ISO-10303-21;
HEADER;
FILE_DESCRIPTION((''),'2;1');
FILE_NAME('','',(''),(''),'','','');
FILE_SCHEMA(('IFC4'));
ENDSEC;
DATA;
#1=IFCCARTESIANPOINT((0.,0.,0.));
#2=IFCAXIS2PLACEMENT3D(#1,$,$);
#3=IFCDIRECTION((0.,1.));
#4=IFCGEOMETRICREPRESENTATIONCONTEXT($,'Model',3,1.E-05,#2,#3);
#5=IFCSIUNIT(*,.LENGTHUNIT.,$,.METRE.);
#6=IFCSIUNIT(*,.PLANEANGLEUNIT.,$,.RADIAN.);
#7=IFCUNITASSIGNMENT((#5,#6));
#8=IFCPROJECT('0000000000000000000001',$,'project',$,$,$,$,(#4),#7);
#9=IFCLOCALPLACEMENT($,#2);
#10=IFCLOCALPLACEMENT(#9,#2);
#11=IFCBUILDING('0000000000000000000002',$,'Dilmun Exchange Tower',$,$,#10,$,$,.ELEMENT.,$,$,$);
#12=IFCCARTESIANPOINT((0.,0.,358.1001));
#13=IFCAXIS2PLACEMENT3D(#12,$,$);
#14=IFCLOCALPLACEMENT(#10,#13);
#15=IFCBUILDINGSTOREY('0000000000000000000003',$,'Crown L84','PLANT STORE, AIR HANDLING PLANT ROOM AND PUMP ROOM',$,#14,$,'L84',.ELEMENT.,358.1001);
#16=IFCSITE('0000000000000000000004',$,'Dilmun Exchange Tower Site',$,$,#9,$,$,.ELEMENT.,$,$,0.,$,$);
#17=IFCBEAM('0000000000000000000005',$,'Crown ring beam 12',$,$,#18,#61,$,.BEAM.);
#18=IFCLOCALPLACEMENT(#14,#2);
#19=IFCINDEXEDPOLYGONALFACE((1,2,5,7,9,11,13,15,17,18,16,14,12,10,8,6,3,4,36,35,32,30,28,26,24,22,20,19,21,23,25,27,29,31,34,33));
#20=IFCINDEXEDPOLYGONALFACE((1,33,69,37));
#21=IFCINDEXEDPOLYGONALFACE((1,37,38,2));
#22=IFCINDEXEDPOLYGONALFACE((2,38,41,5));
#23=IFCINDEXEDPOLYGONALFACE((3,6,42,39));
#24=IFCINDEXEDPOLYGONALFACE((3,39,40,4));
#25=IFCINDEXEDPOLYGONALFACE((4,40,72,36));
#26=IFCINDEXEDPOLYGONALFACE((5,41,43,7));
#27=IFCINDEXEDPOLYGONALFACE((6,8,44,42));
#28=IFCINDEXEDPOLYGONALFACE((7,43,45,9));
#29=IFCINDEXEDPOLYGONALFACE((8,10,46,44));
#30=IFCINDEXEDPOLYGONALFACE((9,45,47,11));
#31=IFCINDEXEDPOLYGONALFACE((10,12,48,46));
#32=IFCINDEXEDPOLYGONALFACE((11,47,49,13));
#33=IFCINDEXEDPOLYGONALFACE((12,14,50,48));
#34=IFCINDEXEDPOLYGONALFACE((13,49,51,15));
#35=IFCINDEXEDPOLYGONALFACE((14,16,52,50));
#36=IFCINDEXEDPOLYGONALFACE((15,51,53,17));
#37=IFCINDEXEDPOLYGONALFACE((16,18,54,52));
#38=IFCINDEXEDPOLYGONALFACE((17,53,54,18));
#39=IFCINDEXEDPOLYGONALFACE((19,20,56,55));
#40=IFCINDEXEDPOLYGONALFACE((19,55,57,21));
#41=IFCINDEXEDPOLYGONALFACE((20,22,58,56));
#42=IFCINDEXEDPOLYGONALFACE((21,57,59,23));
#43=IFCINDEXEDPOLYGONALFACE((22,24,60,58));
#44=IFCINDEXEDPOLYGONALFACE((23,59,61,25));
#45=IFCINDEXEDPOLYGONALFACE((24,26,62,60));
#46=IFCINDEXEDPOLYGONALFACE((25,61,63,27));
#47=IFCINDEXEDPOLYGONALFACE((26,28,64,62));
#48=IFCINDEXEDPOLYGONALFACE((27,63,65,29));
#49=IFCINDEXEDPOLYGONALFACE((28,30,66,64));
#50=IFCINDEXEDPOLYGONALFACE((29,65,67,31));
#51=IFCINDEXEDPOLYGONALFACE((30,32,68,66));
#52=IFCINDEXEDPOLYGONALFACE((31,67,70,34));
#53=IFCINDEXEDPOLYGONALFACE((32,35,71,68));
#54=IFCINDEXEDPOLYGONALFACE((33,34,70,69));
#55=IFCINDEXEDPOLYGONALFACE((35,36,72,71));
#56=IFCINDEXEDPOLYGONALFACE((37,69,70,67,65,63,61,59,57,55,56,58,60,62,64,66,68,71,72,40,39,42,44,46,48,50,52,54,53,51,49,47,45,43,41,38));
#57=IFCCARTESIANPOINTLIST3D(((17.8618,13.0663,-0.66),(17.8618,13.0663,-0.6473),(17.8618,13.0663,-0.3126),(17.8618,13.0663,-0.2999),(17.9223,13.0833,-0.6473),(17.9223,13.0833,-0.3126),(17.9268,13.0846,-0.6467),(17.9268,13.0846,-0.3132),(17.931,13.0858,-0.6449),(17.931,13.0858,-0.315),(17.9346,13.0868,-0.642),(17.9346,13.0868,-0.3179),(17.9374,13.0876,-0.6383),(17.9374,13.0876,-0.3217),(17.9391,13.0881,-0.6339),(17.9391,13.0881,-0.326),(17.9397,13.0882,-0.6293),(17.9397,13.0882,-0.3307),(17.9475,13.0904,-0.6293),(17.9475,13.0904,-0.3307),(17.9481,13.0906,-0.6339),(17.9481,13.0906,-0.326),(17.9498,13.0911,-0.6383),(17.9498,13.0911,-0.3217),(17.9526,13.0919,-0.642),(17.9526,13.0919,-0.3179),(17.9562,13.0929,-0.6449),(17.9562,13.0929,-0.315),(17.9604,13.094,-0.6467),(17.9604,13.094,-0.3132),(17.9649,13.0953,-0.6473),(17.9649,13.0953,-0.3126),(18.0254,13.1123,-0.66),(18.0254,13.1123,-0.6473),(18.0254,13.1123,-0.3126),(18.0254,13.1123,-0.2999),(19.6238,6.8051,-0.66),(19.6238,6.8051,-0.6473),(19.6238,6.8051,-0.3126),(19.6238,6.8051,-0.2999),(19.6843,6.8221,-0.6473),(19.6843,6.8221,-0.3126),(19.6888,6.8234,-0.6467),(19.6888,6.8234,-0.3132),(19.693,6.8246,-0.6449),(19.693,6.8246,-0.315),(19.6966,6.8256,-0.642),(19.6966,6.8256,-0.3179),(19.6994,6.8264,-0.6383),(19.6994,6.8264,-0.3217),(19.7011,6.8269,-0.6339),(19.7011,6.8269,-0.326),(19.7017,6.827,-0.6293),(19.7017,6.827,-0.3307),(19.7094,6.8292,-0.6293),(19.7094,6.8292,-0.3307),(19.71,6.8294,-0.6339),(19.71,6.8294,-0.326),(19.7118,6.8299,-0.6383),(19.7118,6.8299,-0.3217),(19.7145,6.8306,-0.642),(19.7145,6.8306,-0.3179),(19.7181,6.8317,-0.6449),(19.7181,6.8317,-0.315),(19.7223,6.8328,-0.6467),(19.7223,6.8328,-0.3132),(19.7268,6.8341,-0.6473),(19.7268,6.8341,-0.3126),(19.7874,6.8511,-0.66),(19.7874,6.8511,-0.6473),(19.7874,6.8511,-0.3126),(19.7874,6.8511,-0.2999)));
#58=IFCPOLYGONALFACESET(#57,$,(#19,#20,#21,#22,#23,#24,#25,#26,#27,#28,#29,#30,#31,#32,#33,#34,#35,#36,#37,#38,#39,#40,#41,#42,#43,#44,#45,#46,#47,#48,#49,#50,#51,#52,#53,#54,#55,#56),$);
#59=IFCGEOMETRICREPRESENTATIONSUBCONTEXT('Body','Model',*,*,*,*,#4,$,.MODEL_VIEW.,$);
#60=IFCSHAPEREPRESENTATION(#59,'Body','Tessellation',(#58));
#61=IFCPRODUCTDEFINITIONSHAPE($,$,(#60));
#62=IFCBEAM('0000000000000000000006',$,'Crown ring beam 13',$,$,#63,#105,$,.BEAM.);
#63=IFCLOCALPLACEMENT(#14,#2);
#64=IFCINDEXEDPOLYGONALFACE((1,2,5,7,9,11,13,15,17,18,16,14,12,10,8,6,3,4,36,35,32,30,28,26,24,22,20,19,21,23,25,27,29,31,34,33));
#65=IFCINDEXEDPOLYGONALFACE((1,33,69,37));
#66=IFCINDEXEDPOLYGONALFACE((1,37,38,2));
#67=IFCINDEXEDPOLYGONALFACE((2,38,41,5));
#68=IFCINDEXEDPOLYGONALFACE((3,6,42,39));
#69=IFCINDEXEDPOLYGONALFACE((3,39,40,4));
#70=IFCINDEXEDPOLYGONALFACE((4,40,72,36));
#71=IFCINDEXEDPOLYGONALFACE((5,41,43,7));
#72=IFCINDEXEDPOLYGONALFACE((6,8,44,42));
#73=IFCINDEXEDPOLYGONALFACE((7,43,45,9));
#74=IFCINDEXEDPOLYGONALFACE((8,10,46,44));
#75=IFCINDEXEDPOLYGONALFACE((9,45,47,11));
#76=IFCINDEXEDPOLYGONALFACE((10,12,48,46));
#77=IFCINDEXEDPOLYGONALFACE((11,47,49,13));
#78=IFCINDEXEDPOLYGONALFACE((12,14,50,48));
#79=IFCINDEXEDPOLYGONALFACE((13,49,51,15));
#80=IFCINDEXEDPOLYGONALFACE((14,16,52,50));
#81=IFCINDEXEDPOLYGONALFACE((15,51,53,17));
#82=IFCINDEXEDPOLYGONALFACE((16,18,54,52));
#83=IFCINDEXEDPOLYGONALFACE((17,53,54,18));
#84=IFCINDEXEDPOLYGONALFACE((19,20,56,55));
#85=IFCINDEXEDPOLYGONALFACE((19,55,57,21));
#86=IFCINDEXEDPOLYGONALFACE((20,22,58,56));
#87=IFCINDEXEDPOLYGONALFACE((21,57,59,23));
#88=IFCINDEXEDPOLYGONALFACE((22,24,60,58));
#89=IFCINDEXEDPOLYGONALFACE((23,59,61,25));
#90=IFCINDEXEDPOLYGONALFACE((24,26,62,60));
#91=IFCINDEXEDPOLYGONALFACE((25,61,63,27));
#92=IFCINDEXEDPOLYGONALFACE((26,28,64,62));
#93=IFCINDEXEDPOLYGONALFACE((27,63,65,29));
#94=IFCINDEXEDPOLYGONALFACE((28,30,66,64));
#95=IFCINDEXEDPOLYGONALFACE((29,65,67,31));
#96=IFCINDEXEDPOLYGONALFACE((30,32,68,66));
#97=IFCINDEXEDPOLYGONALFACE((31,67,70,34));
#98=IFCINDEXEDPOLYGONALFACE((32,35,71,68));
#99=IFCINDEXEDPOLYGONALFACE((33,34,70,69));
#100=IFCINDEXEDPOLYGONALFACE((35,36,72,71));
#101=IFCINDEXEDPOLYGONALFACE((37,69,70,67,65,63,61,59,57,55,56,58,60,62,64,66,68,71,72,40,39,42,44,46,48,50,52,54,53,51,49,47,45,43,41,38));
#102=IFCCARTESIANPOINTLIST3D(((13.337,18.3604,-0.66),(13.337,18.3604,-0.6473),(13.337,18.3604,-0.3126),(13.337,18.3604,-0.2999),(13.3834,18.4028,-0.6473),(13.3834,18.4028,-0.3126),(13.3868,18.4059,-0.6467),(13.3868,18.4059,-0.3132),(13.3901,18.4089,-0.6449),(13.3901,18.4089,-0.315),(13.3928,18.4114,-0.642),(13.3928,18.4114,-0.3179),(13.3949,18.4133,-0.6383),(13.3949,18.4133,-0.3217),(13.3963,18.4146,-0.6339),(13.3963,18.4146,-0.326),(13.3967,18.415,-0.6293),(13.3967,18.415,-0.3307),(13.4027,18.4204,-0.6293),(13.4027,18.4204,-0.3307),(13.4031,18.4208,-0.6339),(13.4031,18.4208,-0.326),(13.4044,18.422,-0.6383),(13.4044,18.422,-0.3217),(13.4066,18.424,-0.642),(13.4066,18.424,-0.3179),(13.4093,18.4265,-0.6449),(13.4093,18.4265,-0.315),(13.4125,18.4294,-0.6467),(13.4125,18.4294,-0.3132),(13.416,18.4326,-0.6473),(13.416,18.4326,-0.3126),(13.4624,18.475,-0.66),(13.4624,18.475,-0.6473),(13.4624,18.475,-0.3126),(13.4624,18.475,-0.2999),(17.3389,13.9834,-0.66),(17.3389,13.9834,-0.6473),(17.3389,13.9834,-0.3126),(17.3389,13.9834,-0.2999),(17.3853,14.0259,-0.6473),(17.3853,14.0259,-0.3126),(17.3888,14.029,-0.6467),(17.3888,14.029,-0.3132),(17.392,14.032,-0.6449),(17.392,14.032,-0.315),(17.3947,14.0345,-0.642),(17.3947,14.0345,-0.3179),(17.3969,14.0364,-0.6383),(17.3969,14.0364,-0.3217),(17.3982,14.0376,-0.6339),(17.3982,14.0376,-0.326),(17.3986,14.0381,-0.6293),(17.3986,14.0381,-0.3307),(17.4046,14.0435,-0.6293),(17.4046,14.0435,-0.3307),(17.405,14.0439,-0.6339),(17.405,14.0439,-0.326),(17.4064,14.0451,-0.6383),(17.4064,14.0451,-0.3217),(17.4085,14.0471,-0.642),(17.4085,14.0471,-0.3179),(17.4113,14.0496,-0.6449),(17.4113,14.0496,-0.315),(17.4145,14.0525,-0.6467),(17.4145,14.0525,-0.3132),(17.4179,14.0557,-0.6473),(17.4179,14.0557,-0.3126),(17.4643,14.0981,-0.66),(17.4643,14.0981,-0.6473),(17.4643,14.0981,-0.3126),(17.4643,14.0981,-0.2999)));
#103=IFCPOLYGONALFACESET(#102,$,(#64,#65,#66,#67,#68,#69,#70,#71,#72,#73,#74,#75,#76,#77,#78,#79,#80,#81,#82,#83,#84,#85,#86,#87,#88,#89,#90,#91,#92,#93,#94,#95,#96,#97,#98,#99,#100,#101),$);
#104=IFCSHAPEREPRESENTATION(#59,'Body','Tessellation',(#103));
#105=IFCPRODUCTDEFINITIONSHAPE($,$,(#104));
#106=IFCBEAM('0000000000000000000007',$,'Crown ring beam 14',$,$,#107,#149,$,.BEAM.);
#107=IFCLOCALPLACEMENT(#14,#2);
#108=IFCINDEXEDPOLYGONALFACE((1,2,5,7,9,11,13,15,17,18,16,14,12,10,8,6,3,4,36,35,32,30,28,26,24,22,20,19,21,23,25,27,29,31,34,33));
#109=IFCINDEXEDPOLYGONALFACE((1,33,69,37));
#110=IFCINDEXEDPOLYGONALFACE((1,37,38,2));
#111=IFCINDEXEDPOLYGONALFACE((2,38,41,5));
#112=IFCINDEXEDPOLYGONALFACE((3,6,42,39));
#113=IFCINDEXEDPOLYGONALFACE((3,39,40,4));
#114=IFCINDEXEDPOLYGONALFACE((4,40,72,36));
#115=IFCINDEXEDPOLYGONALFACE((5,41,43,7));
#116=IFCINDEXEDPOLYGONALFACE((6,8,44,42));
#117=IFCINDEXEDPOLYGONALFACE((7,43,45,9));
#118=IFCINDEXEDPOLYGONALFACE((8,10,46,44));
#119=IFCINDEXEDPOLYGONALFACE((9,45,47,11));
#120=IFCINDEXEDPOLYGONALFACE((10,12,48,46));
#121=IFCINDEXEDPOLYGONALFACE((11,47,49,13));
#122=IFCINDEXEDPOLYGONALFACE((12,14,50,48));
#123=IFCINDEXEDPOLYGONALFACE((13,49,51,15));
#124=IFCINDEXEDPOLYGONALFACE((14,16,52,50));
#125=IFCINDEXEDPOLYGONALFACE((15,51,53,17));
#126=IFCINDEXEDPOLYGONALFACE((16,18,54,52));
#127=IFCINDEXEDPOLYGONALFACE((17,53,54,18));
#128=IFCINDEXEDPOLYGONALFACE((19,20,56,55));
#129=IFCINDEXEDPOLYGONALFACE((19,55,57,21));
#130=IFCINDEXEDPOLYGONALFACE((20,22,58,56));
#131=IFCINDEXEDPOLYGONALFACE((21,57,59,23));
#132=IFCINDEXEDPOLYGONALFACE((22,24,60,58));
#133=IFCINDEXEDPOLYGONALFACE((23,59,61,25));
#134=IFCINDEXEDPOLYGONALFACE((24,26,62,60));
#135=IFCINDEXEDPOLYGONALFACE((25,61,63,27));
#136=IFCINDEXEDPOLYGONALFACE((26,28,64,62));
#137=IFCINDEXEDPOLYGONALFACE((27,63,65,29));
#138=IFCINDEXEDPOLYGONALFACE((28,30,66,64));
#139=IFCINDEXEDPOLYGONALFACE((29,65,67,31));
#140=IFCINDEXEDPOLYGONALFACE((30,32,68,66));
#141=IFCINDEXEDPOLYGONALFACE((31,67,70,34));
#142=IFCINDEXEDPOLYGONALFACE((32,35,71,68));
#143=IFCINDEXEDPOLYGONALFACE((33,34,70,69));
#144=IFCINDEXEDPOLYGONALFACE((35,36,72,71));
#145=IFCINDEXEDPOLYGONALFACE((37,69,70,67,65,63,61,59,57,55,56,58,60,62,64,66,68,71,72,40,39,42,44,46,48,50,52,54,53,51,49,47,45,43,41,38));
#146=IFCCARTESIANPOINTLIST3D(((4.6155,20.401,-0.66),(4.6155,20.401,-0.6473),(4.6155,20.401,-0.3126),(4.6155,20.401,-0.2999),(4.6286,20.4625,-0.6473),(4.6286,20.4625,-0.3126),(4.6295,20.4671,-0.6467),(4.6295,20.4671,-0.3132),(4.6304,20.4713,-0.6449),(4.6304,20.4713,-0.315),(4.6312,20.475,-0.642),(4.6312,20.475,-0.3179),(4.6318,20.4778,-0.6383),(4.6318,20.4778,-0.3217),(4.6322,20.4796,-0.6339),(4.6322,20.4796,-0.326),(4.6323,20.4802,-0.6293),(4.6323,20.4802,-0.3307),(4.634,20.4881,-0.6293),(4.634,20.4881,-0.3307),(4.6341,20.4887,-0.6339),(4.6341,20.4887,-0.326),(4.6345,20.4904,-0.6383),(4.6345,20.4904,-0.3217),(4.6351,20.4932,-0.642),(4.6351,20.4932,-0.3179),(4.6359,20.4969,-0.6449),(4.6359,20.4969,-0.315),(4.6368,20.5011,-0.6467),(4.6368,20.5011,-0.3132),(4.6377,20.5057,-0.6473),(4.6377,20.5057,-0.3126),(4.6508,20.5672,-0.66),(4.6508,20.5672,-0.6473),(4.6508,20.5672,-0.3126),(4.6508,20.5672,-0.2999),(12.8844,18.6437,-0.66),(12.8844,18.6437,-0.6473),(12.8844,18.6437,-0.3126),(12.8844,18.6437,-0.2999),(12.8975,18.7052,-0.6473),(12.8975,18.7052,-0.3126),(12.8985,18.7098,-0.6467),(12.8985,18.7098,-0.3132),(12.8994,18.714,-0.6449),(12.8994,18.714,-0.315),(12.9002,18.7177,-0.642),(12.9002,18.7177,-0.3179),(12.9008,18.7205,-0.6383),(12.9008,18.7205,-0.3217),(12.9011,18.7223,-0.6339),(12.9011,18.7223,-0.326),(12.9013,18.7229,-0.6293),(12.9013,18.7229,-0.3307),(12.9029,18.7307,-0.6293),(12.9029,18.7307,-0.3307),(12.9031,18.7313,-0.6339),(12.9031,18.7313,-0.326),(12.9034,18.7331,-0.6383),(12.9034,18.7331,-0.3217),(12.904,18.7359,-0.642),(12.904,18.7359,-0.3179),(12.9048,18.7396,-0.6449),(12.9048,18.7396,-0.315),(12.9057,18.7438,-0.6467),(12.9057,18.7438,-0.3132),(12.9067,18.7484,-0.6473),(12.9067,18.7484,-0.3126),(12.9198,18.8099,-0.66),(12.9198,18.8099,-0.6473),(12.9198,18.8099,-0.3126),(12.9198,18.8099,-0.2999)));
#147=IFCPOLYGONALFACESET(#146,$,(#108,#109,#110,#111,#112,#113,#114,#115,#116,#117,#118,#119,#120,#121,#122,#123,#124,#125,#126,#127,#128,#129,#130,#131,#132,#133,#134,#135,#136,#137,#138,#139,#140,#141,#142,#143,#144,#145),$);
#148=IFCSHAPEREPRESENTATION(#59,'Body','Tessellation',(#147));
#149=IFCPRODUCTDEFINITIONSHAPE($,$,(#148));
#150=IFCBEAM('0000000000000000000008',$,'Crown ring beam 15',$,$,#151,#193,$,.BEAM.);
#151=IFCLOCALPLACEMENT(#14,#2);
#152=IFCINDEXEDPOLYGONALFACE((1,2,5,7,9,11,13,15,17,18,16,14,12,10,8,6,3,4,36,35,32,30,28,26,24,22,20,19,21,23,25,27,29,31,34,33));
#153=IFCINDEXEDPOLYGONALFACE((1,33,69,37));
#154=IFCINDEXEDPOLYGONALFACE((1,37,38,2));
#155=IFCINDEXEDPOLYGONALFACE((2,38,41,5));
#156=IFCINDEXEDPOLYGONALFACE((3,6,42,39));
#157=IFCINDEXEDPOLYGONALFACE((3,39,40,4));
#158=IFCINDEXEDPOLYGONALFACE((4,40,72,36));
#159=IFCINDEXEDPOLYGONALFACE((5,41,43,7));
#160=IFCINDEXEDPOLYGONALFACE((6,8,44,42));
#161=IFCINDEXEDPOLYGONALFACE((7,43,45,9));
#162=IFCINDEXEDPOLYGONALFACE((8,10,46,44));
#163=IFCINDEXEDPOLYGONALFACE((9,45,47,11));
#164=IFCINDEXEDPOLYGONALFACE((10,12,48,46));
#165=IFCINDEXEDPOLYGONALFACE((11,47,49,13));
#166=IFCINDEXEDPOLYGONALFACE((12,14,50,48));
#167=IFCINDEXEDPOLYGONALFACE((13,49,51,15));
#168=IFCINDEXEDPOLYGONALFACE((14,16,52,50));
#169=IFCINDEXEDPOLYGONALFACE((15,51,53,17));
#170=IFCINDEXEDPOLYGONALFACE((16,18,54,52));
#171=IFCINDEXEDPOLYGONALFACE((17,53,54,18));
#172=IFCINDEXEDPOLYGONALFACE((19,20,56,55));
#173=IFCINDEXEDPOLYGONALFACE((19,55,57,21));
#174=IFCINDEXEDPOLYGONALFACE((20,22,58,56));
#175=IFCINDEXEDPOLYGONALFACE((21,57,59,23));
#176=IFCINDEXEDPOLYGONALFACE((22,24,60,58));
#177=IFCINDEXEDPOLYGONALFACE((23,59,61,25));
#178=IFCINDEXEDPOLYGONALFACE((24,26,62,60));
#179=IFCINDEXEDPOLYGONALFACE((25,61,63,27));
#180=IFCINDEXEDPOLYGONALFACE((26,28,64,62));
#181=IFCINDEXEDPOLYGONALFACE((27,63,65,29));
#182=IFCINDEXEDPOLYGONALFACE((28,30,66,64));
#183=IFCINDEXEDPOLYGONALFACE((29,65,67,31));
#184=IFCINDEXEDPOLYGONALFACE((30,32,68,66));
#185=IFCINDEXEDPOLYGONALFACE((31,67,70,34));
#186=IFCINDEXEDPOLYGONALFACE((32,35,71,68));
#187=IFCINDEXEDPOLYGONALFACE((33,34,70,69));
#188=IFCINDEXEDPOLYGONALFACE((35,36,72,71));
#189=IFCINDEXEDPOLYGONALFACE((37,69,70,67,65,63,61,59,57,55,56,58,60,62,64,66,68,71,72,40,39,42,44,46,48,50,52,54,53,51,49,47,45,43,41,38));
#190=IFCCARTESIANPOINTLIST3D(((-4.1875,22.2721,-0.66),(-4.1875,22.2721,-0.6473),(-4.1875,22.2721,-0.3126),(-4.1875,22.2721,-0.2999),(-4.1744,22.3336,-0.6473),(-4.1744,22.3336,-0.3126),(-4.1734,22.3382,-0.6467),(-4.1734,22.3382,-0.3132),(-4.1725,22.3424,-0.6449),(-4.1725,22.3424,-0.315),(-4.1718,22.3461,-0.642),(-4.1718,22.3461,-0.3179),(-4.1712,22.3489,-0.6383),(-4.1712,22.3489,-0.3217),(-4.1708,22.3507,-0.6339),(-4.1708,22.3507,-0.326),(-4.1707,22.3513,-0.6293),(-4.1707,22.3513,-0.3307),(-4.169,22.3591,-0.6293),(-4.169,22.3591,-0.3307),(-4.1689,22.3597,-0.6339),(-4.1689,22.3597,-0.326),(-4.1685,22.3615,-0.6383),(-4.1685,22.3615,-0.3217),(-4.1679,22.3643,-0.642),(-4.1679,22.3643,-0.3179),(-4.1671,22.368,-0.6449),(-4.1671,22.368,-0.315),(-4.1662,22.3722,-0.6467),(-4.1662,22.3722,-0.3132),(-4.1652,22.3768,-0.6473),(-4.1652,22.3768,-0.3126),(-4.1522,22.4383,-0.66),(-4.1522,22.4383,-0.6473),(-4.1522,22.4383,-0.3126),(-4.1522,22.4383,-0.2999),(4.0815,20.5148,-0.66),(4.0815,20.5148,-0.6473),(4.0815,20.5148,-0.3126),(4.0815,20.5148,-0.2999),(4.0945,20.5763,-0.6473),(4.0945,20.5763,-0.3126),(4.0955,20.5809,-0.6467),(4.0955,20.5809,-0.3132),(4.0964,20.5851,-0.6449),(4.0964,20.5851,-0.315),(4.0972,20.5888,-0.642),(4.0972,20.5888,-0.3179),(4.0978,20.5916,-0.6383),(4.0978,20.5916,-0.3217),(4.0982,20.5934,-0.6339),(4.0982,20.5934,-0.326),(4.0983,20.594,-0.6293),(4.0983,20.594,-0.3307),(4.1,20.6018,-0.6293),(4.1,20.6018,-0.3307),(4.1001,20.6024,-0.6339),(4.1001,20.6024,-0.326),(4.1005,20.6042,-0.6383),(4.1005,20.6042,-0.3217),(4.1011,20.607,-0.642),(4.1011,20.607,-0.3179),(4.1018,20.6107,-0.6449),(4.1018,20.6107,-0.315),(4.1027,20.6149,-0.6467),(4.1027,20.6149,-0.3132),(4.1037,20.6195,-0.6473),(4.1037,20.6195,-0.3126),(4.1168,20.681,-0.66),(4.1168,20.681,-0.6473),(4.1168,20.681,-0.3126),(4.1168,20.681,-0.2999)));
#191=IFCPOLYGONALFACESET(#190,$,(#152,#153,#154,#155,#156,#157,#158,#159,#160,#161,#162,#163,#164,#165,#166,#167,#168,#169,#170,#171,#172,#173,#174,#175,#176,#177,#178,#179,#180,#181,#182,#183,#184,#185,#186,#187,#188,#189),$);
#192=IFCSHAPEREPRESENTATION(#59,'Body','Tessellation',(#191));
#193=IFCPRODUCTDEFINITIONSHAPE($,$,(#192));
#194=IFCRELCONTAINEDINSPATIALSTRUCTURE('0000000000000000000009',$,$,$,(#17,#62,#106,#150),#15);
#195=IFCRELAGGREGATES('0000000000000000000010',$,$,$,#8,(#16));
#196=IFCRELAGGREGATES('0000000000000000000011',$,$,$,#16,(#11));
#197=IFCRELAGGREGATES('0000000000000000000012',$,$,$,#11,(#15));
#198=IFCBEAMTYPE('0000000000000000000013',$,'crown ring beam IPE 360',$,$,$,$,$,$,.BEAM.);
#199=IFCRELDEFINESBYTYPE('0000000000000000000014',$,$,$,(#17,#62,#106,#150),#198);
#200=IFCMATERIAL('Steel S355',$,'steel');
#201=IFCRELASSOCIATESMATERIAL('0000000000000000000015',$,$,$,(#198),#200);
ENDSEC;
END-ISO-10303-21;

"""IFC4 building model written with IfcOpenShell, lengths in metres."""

from ifc_helpers import new_model, si_unit, direction, frame, origin, origin_2d, place, context, subcontext, project, spatial, i_section, extrude, material, material_profile, profile_set, type_object, element, save


model = new_model("IFC4")

# Units and contexts
model_context = context("Model", 3, precision=1e-05, world=origin(), true_north=direction((0.0, 1.0)))
body_context = subcontext(model_context, "Body", "Model", "MODEL_VIEW")
ifc_project = project(units=[si_unit("LENGTHUNIT", "METRE"), si_unit("PLANEANGLEUNIT", "RADIAN")], contexts=[model_context])

# Site, building, storey
site_placement = place(None, origin())
site = spatial("IfcSite", under=ifc_project, at=site_placement, Name="Dilmun Exchange Tower Site", CompositionType="ELEMENT", RefElevation=0.0)
building_placement = place(site_placement, origin())
building = spatial("IfcBuilding", under=site, at=building_placement, Name="Dilmun Exchange Tower", CompositionType="ELEMENT")
storey_placement = place(building_placement, frame((0.0, 0.0, 358.1001)))
storey = spatial("IfcBuildingStorey", under=building, at=storey_placement, Name="Crown L84", Description="PLANT STORE, AIR HANDLING PLANT ROOM AND PUMP ROOM", LongName="L84", CompositionType="ELEMENT", Elevation=358.1001)

# Beams
ifc_material_1 = material(Name="Steel S355", Category="steel")
ifc_material_profile_1 = material_profile(ifc_material_1, i_section(OverallWidth=0.1699, OverallDepth=0.3601, WebThickness=0.0081, FlangeThickness=0.0127, FilletRadius=0.0181, at=origin_2d()), Name="IPE 360")
ifc_profile_set_1 = profile_set([ifc_material_profile_1], Name="Steel S355")
beam_type_1 = type_object("IfcBeamType", Name="crown ring beam IPE 360", PredefinedType="BEAM", material=ifc_profile_set_1)
beam_1_placement = place(storey_placement, frame((19.7056, 6.8281, -0.48), z_axis=(-0.270887, 0.962611, 0.0), x_axis=(-0.962611, -0.270887, 0.0)))
element("IfcBeam", 1, at=beam_1_placement, inside=storey, type_object=beam_type_1, Name="Crown ring beam 12", PredefinedType="BEAM", context=body_context, shape_type="SweptSolid", body=[
    extrude(i_section(OverallWidth=0.1699, OverallDepth=0.3601, WebThickness=0.0081, FlangeThickness=0.0127, FilletRadius=0.0181, at=origin_2d()), origin(), (0.0, 0.0, 1.0), 6.5044),
])
beam_2_placement = place(storey_placement, frame((17.4016, 14.0408, -0.48), z_axis=(-0.674785, 0.738015, 0.0), x_axis=(-0.738015, -0.674785, 0.0)))
element("IfcBeam", 2, at=beam_2_placement, inside=storey, type_object=beam_type_1, Name="Crown ring beam 13", PredefinedType="BEAM", context=body_context, shape_type="SweptSolid", body=[
    extrude(i_section(OverallWidth=0.1699, OverallDepth=0.3601, WebThickness=0.0081, FlangeThickness=0.0127, FilletRadius=0.0181, at=origin_2d()), origin(), (0.0, 0.0, 1.0), 5.9307),
])
for number, where, z_axis, x_axis, name in (
    (3, (12.9021, 18.7268, -0.48), (-0.978155, 0.207876, 0.0), (-0.207876, -0.978155, 0.0), "Crown ring beam 14"),
    (4, (4.0991, 20.5979, -0.48), (-0.978155, 0.207876, 0.0), (-0.207876, -0.978155, 0.0), "Crown ring beam 15"),
):
    element("IfcBeam", number, at=place(storey_placement, frame(where, z_axis=z_axis, x_axis=x_axis)), inside=storey, type_object=beam_type_1, Name=name, PredefinedType="BEAM", context=body_context, shape_type="SweptSolid", body=[
        extrude(i_section(OverallWidth=0.1699, OverallDepth=0.3601, WebThickness=0.0081, FlangeThickness=0.0127, FilletRadius=0.0181, at=origin_2d()), origin(), (0.0, 0.0, 1.0), 8.4536),
    ])

save(model, "model.ifc")
